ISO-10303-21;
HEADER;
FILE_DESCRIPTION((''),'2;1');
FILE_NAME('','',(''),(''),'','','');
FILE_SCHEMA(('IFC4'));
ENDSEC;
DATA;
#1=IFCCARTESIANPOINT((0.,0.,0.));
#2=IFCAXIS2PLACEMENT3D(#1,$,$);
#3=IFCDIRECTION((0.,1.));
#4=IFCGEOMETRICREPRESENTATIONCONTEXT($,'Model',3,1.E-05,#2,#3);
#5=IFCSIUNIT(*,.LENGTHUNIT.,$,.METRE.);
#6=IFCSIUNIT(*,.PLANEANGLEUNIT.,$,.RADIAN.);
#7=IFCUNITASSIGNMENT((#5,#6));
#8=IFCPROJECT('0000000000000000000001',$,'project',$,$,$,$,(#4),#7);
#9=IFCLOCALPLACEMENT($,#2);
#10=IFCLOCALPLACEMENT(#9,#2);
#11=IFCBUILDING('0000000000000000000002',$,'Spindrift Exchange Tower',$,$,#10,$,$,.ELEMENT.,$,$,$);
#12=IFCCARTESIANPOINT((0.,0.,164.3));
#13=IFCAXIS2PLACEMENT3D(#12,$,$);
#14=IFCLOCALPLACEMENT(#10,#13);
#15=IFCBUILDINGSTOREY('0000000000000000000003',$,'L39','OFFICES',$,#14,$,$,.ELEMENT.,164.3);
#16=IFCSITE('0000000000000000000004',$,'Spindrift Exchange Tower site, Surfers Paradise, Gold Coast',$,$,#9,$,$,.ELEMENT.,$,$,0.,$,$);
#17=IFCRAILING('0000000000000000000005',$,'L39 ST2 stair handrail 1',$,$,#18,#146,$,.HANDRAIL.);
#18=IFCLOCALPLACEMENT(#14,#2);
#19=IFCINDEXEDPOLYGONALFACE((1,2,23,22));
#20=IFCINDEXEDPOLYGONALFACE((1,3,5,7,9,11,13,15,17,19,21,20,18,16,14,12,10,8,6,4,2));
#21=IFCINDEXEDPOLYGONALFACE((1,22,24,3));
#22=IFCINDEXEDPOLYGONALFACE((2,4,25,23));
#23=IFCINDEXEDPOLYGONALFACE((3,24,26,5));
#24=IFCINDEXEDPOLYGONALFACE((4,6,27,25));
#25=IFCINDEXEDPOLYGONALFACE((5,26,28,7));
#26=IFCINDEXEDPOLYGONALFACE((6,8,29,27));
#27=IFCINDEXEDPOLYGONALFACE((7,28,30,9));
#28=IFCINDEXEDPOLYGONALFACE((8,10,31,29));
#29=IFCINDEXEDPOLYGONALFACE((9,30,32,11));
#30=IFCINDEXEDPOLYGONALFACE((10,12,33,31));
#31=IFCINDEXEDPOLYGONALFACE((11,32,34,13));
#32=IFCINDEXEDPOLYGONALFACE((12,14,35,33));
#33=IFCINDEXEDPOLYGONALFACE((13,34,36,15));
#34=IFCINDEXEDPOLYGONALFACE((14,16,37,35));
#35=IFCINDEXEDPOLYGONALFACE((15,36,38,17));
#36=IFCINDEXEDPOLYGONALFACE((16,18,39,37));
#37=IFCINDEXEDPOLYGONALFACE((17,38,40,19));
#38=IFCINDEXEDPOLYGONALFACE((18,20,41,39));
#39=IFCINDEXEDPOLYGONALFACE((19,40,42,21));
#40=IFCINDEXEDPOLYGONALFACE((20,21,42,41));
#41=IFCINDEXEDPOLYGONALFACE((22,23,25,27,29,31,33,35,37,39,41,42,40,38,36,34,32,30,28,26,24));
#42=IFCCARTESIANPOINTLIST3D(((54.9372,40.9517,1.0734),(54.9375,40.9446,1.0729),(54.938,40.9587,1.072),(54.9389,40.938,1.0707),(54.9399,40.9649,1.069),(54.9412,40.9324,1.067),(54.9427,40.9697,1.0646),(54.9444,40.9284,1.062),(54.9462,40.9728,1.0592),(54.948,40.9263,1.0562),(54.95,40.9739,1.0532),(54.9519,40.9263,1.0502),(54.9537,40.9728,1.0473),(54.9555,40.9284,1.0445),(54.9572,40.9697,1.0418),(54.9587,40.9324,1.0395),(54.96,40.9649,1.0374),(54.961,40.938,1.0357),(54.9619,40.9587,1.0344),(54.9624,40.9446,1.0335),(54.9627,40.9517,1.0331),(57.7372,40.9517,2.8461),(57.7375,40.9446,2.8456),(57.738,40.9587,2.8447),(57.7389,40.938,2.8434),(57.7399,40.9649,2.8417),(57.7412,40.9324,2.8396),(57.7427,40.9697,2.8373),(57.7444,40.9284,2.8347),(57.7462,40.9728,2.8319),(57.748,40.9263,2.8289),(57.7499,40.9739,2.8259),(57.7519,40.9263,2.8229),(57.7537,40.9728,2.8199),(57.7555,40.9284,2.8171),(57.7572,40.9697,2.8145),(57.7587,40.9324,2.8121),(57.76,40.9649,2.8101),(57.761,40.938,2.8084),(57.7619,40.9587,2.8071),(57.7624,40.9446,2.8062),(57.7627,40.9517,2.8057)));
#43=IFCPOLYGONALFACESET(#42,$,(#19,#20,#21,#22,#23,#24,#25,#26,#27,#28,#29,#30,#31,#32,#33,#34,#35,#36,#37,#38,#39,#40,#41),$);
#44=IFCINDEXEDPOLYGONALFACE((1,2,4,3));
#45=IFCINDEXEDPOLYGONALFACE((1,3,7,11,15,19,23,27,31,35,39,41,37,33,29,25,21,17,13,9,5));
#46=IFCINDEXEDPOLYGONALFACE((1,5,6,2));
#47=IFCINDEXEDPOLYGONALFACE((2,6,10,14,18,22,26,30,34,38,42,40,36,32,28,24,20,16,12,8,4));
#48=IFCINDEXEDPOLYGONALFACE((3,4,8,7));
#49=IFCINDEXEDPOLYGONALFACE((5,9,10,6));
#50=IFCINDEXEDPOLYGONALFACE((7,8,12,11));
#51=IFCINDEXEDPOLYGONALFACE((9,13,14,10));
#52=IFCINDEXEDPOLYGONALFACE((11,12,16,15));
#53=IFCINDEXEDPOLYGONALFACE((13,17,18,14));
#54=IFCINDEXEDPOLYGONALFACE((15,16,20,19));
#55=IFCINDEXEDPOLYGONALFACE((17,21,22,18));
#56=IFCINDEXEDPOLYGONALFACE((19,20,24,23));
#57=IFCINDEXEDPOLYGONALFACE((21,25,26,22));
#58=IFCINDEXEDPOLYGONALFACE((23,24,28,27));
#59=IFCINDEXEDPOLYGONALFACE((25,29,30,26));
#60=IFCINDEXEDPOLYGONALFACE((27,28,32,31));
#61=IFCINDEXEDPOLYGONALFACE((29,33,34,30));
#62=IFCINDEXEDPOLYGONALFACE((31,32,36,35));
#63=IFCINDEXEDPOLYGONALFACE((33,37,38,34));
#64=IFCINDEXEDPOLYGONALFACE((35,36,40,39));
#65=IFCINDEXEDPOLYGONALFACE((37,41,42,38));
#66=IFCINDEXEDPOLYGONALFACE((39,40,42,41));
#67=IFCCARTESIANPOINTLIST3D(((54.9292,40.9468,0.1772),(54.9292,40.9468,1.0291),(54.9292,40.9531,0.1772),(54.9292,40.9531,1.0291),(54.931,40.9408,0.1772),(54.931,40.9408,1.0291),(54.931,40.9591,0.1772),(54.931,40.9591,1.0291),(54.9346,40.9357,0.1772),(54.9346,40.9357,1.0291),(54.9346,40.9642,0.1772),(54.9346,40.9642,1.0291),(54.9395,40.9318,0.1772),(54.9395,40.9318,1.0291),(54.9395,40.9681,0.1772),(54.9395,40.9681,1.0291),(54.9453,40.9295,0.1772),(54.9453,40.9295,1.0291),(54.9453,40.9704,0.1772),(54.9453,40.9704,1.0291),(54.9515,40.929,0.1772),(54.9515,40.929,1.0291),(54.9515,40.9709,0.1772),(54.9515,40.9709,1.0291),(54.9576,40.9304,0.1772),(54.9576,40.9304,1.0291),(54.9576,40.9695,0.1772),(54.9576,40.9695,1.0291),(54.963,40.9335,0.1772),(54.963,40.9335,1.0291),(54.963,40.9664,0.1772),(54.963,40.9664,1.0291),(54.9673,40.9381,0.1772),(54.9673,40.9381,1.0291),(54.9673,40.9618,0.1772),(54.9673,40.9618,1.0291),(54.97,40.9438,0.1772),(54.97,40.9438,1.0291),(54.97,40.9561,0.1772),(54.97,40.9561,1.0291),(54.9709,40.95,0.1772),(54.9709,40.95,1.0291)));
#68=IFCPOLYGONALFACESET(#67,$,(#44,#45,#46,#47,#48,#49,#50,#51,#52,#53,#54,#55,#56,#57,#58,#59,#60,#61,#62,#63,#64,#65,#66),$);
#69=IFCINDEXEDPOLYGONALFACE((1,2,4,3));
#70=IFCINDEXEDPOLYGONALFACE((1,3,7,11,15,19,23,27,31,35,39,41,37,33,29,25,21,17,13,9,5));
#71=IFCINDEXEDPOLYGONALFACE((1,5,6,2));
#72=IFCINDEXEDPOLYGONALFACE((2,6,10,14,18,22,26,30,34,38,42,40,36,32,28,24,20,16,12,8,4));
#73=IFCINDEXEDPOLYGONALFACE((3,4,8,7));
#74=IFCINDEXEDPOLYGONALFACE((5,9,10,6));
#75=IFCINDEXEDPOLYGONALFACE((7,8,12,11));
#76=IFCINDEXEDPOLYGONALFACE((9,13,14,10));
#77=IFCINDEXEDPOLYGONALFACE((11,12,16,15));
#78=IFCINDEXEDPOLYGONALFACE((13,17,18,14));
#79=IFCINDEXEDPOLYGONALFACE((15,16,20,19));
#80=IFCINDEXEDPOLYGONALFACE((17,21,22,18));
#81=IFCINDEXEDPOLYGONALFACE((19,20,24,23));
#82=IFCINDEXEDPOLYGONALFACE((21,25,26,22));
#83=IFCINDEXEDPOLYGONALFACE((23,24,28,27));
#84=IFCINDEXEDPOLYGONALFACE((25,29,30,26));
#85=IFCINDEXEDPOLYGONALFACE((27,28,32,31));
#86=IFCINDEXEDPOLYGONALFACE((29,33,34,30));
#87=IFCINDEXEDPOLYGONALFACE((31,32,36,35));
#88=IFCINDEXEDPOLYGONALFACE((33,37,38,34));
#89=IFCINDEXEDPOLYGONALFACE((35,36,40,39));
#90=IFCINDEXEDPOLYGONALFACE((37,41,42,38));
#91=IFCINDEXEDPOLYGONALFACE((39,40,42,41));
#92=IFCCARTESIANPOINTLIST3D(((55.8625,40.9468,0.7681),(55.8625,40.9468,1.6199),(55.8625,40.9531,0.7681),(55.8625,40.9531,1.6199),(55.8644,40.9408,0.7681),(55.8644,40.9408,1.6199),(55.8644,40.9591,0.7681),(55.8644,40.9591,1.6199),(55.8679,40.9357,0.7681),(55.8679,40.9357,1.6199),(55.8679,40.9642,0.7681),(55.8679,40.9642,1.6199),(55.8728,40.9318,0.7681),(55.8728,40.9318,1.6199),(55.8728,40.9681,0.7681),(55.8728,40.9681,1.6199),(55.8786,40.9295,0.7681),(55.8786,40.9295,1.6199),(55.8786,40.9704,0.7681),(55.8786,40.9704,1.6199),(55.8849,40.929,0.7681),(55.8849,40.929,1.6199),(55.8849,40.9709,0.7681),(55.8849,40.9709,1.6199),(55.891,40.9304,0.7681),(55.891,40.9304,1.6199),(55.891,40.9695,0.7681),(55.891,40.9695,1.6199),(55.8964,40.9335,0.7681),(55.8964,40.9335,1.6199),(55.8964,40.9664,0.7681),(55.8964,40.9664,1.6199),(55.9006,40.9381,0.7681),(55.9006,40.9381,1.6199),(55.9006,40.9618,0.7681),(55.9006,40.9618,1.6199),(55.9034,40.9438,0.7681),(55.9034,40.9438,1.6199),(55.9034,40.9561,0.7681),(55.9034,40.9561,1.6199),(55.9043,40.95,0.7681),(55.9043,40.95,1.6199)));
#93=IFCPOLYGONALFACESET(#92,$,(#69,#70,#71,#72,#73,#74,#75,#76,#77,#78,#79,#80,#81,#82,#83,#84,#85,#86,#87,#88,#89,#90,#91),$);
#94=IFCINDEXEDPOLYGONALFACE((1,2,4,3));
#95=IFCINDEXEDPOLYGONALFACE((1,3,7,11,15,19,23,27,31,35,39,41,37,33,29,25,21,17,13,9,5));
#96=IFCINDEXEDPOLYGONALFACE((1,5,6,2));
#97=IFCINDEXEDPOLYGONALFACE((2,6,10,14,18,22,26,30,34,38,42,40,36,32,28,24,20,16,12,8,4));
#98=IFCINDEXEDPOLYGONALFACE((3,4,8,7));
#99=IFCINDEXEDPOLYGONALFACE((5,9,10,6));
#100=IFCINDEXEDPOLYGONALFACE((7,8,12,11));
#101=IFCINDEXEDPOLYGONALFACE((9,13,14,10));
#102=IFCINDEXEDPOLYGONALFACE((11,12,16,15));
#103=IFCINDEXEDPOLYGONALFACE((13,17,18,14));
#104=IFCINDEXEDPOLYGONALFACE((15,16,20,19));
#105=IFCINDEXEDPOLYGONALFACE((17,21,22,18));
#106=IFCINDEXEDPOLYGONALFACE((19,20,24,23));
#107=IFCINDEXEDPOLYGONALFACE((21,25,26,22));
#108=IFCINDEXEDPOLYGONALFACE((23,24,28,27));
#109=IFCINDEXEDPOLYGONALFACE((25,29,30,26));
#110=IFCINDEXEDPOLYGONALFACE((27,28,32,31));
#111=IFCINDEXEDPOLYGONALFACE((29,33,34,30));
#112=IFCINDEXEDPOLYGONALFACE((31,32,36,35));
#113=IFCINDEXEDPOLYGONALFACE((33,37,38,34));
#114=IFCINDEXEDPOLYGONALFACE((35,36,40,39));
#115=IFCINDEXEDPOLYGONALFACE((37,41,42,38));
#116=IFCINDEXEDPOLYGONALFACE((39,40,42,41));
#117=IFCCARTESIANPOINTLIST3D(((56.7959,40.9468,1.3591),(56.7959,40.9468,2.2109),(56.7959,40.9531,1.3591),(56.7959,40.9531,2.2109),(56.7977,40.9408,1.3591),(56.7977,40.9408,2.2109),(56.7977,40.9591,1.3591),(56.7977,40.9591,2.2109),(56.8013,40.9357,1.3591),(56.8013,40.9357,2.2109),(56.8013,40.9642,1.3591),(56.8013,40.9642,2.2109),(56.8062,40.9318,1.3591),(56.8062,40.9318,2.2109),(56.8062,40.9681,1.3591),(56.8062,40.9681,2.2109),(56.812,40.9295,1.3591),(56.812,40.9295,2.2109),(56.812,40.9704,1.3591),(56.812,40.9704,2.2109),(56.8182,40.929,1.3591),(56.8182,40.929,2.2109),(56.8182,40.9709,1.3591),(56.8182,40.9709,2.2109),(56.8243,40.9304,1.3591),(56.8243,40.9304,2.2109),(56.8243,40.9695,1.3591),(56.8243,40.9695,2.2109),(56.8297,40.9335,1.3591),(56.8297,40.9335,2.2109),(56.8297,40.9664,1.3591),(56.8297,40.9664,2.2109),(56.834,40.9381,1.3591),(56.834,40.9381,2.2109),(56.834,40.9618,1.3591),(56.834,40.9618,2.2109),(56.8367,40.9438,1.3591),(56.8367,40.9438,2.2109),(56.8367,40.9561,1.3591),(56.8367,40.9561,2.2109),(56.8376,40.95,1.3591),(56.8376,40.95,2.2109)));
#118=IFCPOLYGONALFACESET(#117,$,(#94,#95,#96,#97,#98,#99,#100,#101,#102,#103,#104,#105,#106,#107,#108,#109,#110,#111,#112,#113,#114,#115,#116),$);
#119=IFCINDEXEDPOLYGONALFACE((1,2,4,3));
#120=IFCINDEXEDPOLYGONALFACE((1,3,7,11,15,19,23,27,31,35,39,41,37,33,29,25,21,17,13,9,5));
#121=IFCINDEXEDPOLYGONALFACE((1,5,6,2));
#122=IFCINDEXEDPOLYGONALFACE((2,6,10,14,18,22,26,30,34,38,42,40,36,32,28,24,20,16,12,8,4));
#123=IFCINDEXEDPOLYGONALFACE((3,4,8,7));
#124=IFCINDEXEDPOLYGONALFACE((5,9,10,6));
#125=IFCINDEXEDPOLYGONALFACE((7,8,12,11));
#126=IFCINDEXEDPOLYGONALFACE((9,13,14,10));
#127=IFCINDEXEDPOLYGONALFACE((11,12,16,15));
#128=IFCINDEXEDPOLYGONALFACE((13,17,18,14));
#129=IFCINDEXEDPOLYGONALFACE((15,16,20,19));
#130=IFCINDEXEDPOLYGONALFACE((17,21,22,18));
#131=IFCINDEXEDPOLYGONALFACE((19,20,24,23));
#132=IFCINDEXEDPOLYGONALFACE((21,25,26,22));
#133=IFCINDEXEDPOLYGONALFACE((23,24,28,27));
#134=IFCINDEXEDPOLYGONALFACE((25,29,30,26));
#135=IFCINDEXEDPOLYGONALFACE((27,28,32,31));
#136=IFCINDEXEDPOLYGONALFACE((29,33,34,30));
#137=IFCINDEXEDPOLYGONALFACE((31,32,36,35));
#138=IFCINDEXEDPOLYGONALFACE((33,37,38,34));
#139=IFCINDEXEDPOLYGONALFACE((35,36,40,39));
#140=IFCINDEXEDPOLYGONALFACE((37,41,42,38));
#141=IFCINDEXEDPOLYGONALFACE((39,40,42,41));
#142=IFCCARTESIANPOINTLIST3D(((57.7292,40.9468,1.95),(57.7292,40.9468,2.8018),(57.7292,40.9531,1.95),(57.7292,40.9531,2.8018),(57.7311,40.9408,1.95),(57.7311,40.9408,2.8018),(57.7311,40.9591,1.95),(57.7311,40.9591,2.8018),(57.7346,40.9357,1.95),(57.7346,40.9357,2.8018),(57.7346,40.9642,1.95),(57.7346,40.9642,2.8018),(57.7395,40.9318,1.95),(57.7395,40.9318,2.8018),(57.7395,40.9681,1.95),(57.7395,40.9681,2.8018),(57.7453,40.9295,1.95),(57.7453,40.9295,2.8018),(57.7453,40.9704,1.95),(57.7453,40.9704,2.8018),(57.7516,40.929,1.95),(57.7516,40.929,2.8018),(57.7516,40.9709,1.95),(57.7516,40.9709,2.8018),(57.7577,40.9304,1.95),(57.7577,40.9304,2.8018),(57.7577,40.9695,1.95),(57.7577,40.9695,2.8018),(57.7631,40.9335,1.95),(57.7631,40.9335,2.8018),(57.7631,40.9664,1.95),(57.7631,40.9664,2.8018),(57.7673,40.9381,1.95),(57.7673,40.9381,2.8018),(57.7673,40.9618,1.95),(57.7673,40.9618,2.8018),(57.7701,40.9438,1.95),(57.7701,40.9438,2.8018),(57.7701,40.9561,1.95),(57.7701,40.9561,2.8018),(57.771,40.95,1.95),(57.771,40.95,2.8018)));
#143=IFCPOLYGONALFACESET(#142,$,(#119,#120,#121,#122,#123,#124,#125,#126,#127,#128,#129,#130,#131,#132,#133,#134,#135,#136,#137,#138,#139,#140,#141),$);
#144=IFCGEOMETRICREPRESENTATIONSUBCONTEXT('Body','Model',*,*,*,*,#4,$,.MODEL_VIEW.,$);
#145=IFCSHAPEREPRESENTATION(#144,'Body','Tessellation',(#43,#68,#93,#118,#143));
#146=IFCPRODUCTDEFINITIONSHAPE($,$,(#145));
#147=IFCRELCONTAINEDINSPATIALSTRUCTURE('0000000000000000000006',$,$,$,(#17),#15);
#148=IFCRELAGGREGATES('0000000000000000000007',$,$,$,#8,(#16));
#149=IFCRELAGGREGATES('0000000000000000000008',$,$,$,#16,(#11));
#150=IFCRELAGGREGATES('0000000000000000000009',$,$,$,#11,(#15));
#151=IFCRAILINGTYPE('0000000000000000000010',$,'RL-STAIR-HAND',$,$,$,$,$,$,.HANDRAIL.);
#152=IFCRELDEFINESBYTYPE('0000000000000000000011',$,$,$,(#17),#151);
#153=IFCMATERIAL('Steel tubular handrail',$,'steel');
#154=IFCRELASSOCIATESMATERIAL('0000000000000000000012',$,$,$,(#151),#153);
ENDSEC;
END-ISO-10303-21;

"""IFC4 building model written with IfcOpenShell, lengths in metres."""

from ifc_helpers import new_model, si_unit, direction, frame, origin, origin_2d, place, context, subcontext, project, spatial, circle, extrude, material, type_object, element, save


model = new_model("IFC4")

# Units and contexts
model_context = context("Model", 3, precision=1e-05, world=origin(), true_north=direction((0.0, 1.0)))
body_context = subcontext(model_context, "Body", "Model", "MODEL_VIEW")
ifc_project = project(units=[si_unit("LENGTHUNIT", "METRE"), si_unit("PLANEANGLEUNIT", "RADIAN")], contexts=[model_context])

# Site, building, storey
site_placement = place(None, origin())
site = spatial("IfcSite", under=ifc_project, at=site_placement, Name="Spindrift Exchange Tower site, Surfers Paradise, Gold Coast", CompositionType="ELEMENT", RefElevation=0.0)
building_placement = place(site_placement, origin())
building = spatial("IfcBuilding", under=site, at=building_placement, Name="Spindrift Exchange Tower", CompositionType="ELEMENT")
storey_placement = place(building_placement, frame((0.0, 0.0, 164.3)))
storey = spatial("IfcBuildingStorey", under=building, at=storey_placement, Name="L39", Description="OFFICES", CompositionType="ELEMENT", Elevation=164.3)

# Railing
ifc_material_1 = material(Name="Steel tubular handrail", Category="steel")
railing_type_1 = type_object("IfcRailingType", Name="RL-STAIR-HAND", PredefinedType="HANDRAIL", material=ifc_material_1)
railing_1_placement = place(storey_placement, frame((54.95, 40.95, 0.1772)))
element("IfcRailing", 1, at=railing_1_placement, inside=storey, type_object=railing_type_1, Name="L39 ST2 stair handrail 1", PredefinedType="HANDRAIL", context=body_context, shape_type="SweptSolid", body=[
    extrude(circle(Radius=0.0239, at=origin_2d()), frame((0.0, 0.0, 0.876), z_axis=(0.844909, 0.0, 0.53491), x_axis=(0.0, 1.0, 0.0)), (0.0, 0.0, 1.0), 3.314),
    extrude(circle(Radius=0.021, at=origin_2d()), origin(), (0.0, 0.0, 1.0), 0.8518),
    extrude(circle(Radius=0.021, at=origin_2d()), frame((0.9333, 0.0, 0.5908)), (0.0, 0.0, 1.0), 0.8518),
    extrude(circle(Radius=0.021, at=origin_2d()), frame((1.8667, 0.0, 1.1819)), (0.0, 0.0, 1.0), 0.8518),
    extrude(circle(Radius=0.021, at=origin_2d()), frame((2.8, 0.0, 1.7727)), (0.0, 0.0, 1.0), 0.8518),
])

save(model, "model.ifc")
